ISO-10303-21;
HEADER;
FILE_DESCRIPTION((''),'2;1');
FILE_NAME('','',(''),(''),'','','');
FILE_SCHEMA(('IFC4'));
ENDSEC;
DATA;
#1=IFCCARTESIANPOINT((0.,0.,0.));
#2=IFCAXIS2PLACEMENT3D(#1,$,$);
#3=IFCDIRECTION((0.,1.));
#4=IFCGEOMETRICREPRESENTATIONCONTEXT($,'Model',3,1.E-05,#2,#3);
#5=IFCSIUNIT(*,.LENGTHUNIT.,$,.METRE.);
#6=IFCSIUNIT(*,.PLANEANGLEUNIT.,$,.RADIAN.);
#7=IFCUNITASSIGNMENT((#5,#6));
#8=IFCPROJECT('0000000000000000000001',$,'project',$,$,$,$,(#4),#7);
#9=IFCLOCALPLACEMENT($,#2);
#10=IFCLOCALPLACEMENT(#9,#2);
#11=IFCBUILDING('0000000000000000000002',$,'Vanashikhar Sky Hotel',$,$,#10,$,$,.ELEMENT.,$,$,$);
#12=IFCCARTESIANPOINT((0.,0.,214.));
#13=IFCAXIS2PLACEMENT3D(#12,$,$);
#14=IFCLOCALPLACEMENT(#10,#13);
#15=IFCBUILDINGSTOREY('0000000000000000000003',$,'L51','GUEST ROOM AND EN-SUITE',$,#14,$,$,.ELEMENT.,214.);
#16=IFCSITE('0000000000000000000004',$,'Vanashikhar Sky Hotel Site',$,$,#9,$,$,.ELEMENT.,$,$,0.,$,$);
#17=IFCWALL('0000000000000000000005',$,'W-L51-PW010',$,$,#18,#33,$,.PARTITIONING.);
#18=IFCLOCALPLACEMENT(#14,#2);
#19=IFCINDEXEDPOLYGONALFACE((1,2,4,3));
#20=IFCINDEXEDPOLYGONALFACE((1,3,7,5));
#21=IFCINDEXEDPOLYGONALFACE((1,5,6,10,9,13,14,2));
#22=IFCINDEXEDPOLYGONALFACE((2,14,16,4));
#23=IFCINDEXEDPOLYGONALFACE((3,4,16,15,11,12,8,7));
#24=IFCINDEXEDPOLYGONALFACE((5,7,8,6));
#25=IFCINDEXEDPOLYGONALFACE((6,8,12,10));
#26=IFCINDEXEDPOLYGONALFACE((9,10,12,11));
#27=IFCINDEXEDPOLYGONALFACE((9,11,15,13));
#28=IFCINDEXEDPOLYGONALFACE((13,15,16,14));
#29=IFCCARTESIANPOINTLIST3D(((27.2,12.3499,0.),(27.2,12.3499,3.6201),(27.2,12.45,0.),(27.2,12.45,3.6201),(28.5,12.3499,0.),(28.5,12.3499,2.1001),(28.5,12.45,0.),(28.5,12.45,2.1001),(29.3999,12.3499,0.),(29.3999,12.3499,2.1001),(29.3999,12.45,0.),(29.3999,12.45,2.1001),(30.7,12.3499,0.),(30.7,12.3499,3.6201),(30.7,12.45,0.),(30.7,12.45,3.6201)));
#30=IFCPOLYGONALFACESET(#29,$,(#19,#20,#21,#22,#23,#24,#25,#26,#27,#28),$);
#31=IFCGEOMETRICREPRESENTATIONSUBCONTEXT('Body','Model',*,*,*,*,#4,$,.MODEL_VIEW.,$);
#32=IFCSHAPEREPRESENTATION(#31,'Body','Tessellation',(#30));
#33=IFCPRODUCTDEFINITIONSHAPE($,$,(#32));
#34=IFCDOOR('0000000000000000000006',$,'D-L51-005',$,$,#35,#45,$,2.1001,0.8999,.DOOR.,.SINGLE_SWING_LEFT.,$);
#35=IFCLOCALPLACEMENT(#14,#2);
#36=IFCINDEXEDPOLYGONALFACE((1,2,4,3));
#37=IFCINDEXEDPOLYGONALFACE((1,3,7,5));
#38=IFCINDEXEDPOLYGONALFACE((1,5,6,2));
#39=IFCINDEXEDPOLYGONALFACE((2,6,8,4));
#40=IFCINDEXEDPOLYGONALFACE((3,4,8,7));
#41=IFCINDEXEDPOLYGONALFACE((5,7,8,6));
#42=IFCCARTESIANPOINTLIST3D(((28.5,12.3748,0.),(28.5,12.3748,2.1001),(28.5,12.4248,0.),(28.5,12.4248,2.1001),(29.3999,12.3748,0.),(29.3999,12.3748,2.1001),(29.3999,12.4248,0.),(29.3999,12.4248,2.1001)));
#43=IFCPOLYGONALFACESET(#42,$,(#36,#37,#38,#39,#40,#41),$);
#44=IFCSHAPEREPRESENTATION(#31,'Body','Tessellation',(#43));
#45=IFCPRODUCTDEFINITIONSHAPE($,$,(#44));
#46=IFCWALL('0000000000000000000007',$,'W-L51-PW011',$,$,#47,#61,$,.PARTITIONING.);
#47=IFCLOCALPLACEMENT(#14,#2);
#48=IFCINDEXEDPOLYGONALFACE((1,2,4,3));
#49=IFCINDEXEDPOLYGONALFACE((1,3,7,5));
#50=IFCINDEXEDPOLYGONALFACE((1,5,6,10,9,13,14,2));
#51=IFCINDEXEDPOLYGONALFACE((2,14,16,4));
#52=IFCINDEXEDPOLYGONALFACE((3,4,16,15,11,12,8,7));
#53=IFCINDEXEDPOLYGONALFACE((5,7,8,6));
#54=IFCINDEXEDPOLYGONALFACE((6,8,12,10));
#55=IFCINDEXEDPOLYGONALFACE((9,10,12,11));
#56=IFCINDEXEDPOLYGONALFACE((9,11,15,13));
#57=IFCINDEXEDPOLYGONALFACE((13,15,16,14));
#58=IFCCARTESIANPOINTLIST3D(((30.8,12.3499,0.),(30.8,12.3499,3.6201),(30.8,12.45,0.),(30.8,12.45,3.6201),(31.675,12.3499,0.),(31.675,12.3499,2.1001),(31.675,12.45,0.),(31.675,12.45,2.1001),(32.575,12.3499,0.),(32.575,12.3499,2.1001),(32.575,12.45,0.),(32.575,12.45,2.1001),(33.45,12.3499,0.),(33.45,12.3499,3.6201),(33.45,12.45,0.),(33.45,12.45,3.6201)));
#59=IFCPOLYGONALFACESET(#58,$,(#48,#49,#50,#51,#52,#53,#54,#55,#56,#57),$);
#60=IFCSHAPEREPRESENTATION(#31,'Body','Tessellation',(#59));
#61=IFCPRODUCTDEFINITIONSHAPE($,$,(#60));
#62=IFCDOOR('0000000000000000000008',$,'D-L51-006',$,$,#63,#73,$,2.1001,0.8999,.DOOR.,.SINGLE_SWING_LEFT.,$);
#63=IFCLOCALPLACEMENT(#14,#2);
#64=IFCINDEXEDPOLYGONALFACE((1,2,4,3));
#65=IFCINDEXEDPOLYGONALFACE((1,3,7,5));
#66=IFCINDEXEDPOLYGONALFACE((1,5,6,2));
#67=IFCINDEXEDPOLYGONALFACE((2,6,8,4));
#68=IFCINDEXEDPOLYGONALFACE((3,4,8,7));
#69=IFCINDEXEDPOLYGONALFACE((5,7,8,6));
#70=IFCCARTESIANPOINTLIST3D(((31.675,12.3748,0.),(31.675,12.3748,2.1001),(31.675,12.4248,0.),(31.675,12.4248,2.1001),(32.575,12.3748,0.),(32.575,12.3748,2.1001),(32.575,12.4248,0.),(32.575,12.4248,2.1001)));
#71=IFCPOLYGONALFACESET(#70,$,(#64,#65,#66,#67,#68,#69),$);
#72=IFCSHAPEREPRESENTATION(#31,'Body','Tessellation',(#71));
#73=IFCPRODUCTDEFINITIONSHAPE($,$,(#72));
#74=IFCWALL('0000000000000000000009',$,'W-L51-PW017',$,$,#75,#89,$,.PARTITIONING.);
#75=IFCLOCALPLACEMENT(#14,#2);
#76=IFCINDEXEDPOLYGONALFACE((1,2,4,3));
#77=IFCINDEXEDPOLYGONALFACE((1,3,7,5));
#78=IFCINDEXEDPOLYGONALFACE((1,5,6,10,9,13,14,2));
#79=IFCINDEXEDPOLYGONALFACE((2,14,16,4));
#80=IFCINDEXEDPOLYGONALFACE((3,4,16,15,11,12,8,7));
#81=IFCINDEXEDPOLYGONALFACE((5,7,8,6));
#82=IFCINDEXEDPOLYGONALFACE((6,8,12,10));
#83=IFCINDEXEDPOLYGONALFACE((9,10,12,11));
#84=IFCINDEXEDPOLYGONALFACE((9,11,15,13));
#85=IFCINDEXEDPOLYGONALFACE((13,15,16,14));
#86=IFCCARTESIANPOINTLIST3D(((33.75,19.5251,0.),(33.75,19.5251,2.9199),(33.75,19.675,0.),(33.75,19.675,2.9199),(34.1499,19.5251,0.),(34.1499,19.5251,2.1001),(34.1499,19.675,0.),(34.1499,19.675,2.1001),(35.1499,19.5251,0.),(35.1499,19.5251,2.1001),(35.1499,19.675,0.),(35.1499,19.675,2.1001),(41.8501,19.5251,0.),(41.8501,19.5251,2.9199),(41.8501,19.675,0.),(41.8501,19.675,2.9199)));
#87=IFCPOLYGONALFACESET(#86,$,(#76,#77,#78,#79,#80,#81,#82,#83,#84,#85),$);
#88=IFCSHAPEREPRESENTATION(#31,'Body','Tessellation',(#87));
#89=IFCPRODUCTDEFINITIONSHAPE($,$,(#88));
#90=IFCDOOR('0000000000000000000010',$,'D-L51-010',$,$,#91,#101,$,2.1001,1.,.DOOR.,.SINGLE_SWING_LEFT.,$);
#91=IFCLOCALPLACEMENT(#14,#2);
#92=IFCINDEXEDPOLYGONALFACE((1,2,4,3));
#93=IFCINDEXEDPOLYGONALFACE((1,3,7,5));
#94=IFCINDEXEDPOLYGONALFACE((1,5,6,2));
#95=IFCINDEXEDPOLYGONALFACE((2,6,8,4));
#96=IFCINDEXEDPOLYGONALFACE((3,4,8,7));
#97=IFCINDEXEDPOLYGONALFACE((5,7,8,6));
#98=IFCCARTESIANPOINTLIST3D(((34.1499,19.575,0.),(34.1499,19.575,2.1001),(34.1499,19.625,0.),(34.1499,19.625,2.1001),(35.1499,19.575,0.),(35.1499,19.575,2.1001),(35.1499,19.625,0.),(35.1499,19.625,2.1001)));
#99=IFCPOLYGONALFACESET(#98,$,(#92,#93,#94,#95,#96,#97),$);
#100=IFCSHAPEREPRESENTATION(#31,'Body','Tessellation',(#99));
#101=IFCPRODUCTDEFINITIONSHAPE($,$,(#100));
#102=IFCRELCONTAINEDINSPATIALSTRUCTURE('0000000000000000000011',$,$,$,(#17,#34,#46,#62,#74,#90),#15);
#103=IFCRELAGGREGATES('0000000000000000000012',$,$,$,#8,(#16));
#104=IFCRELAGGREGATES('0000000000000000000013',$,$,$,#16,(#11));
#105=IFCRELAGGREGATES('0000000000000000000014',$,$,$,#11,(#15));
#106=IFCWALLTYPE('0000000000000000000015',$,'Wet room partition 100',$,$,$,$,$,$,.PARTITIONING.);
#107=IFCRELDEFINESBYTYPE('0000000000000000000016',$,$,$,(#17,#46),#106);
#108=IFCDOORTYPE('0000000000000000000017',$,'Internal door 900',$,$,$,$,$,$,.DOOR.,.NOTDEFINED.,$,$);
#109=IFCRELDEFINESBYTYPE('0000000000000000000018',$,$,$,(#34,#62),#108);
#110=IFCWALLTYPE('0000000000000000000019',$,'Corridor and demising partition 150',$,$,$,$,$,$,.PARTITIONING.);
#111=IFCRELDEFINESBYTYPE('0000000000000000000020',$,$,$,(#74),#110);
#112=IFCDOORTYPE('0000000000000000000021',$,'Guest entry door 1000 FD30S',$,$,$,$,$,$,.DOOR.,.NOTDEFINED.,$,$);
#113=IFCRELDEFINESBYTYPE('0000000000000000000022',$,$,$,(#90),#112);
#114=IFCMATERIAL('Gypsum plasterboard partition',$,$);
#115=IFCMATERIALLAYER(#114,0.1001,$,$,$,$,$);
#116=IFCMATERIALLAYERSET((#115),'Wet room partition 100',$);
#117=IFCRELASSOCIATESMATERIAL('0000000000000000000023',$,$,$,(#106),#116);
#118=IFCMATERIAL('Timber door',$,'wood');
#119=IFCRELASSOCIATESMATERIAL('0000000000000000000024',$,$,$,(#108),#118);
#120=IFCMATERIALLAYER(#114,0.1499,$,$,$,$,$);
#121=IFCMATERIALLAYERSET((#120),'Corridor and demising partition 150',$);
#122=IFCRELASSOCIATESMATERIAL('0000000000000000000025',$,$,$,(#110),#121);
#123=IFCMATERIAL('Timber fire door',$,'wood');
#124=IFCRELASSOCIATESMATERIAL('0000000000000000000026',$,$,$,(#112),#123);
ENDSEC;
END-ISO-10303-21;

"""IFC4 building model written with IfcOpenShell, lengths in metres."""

from ifc_helpers import new_model, si_unit, direction, frame, frame_2d, origin, place, context, subcontext, project, spatial, rectangle, extrude, source, transform, mapped, material, layer, layer_set, type_object, element, fill, save


model = new_model("IFC4")

# Units and contexts
model_context = context("Model", 3, precision=1e-05, world=origin(), true_north=direction((0.0, 1.0)))
body_context = subcontext(model_context, "Body", "Model", "MODEL_VIEW")
ifc_project = project(units=[si_unit("LENGTHUNIT", "METRE"), si_unit("PLANEANGLEUNIT", "RADIAN")], contexts=[model_context])

# Site, building, storey
site_placement = place(None, origin())
site = spatial("IfcSite", under=ifc_project, at=site_placement, Name="Vanashikhar Sky Hotel Site", CompositionType="ELEMENT", RefElevation=0.0)
building_placement = place(site_placement, origin())
building = spatial("IfcBuilding", under=site, at=building_placement, Name="Vanashikhar Sky Hotel", CompositionType="ELEMENT")
storey_placement = place(building_placement, frame((0.0, 0.0, 214.0)))
storey = spatial("IfcBuildingStorey", under=building, at=storey_placement, Name="L51", Description="GUEST ROOM AND EN-SUITE", CompositionType="ELEMENT", Elevation=214.0)

# Shared definitions
ifc_material_1 = material(Name="Gypsum plasterboard partition")
ifc_layer_1 = layer(ifc_material_1, 0.1001)
ifc_layer_set_1 = layer_set([ifc_layer_1], Name="Wet room partition 100")
wall_type_1 = type_object("IfcWallType", Name="Wet room partition 100", PredefinedType="PARTITIONING", material=ifc_layer_set_1)

# Walls, openings, doors
shared_shape_1 = source(origin(), body_context, "Body", "SweptSolid", [
    extrude(rectangle(XDim=3.5, YDim=0.1001, at=frame_2d((1.75, 0.0))), origin(), (0.0, 0.0, 1.0), 3.6201),
])
wall_1_placement = place(storey_placement, frame((27.2, 12.3999, 0.0), z_axis=(0.0, 0.0, 1.0), x_axis=(1.0, 0.0, 0.0)))
wall_1 = element("IfcWall", 1, at=wall_1_placement, inside=storey, type_object=wall_type_1, Name="W-L51-PW010", PredefinedType="PARTITIONING", context=body_context, shape_type="MappedRepresentation", body=[
    mapped(shared_shape_1, transform((0.0, 0.0, 0.0), scale=1.0)),
])
shared_shape_2 = source(origin(), body_context, "Body", "SweptSolid", [
    extrude(rectangle(XDim=0.8999, YDim=2.1001, at=frame_2d((0.45, 1.05))), frame((0.0, 0.0601, 0.0), z_axis=(0.0, -1.0, 0.0), x_axis=(1.0, 0.0, 0.0)), (0.0, 0.0, 1.0), 0.1201),
])
opening_1_placement = place(wall_1_placement, frame((1.3, 0.0, 0.0)))
opening_1 = element("IfcOpeningElement", 2, at=opening_1_placement, cuts=wall_1, PredefinedType="OPENING", context=body_context, shape_type="MappedRepresentation", body=[
    mapped(shared_shape_2, transform((0.0, 0.0, 0.0), scale=1.0)),
])
ifc_material_2 = material(Name="Timber door", Category="wood")
door_type_1 = type_object("IfcDoorType", Name="Internal door 900", OperationType="NOTDEFINED", PredefinedType="DOOR", material=ifc_material_2)
shared_shape_3 = source(origin(), body_context, "Body", "SweptSolid", [
    extrude(rectangle(XDim=0.8999, YDim=2.1001, at=frame_2d((0.45, 1.05))), frame((0.0, 0.0249, 0.0), z_axis=(0.0, -1.0, 0.0), x_axis=(1.0, 0.0, 0.0)), (0.0, 0.0, 1.0), 0.05),
])
door_1_placement = place(opening_1_placement, origin())
door_1 = element("IfcDoor", 3, at=door_1_placement, inside=storey, type_object=door_type_1, Name="D-L51-005", OperationType="SINGLE_SWING_LEFT", OverallHeight=2.1001, OverallWidth=0.8999, PredefinedType="DOOR", context=body_context, shape_type="MappedRepresentation", body=[
    mapped(shared_shape_3, transform((0.0, 0.0, 0.0), scale=1.0)),
])
fill(opening_1, door_1)
shared_shape_4 = source(origin(), body_context, "Body", "SweptSolid", [
    extrude(rectangle(XDim=2.6499, YDim=0.1001, at=frame_2d((1.325, 0.0))), origin(), (0.0, 0.0, 1.0), 3.6201),
])
wall_2_placement = place(storey_placement, frame((30.8, 12.3999, 0.0), z_axis=(0.0, 0.0, 1.0), x_axis=(1.0, 0.0, 0.0)))
wall_2 = element("IfcWall", 4, at=wall_2_placement, inside=storey, type_object=wall_type_1, Name="W-L51-PW011", PredefinedType="PARTITIONING", context=body_context, shape_type="MappedRepresentation", body=[
    mapped(shared_shape_4, transform((0.0, 0.0, 0.0), scale=1.0)),
])
opening_2_placement = place(wall_2_placement, frame((0.875, 0.0, 0.0)))
opening_2 = element("IfcOpeningElement", 5, at=opening_2_placement, cuts=wall_2, PredefinedType="OPENING", context=body_context, shape_type="MappedRepresentation", body=[
    mapped(shared_shape_2, transform((0.0, 0.0, 0.0), scale=1.0)),
])
door_2_placement = place(opening_2_placement, origin())
door_2 = element("IfcDoor", 6, at=door_2_placement, inside=storey, type_object=door_type_1, Name="D-L51-006", OperationType="SINGLE_SWING_LEFT", OverallHeight=2.1001, OverallWidth=0.8999, PredefinedType="DOOR", context=body_context, shape_type="MappedRepresentation", body=[
    mapped(shared_shape_3, transform((0.0, 0.0, 0.0), scale=1.0)),
])
fill(opening_2, door_2)
ifc_layer_2 = layer(ifc_material_1, 0.1499)
ifc_layer_set_2 = layer_set([ifc_layer_2], Name="Corridor and demising partition 150")
wall_type_2 = type_object("IfcWallType", Name="Corridor and demising partition 150", PredefinedType="PARTITIONING", material=ifc_layer_set_2)
shared_shape_5 = source(origin(), body_context, "Body", "SweptSolid", [
    extrude(rectangle(XDim=8.1001, YDim=0.1499, at=frame_2d((4.05, 0.0))), origin(), (0.0, 0.0, 1.0), 2.9199),
])
wall_3_placement = place(storey_placement, frame((33.75, 19.6001, 0.0), z_axis=(0.0, 0.0, 1.0), x_axis=(1.0, 0.0, 0.0)))
wall_3 = element("IfcWall", 7, at=wall_3_placement, inside=storey, type_object=wall_type_2, Name="W-L51-PW017", PredefinedType="PARTITIONING", context=body_context, shape_type="MappedRepresentation", body=[
    mapped(shared_shape_5, transform((0.0, 0.0, 0.0), scale=1.0)),
])
shared_shape_6 = source(origin(), body_context, "Body", "SweptSolid", [
    extrude(rectangle(XDim=1.0, YDim=2.1001, at=frame_2d((0.5, 1.05))), frame((0.0, 0.085, 0.0), z_axis=(0.0, -1.0, 0.0), x_axis=(1.0, 0.0, 0.0)), (0.0, 0.0, 1.0), 0.1699),
])
opening_3_placement = place(wall_3_placement, frame((0.3999, 0.0, 0.0)))
opening_3 = element("IfcOpeningElement", 8, at=opening_3_placement, cuts=wall_3, PredefinedType="OPENING", context=body_context, shape_type="MappedRepresentation", body=[
    mapped(shared_shape_6, transform((0.0, 0.0, 0.0), scale=1.0)),
])
ifc_material_3 = material(Name="Timber fire door", Category="wood")
door_type_2 = type_object("IfcDoorType", Name="Guest entry door 1000 FD30S", OperationType="NOTDEFINED", PredefinedType="DOOR", material=ifc_material_3)
shared_shape_7 = source(origin(), body_context, "Body", "SweptSolid", [
    extrude(rectangle(XDim=1.0, YDim=2.1001, at=frame_2d((0.5, 1.05))), frame((0.0, 0.0249, 0.0), z_axis=(0.0, -1.0, 0.0), x_axis=(1.0, 0.0, 0.0)), (0.0, 0.0, 1.0), 0.05),
])
door_3_placement = place(opening_3_placement, origin())
door_3 = element("IfcDoor", 9, at=door_3_placement, inside=storey, type_object=door_type_2, Name="D-L51-010", OperationType="SINGLE_SWING_LEFT", OverallHeight=2.1001, OverallWidth=1.0, PredefinedType="DOOR", context=body_context, shape_type="MappedRepresentation", body=[
    mapped(shared_shape_7, transform((0.0, 0.0, 0.0), scale=1.0)),
])
fill(opening_3, door_3)

save(model, "model.ifc")
